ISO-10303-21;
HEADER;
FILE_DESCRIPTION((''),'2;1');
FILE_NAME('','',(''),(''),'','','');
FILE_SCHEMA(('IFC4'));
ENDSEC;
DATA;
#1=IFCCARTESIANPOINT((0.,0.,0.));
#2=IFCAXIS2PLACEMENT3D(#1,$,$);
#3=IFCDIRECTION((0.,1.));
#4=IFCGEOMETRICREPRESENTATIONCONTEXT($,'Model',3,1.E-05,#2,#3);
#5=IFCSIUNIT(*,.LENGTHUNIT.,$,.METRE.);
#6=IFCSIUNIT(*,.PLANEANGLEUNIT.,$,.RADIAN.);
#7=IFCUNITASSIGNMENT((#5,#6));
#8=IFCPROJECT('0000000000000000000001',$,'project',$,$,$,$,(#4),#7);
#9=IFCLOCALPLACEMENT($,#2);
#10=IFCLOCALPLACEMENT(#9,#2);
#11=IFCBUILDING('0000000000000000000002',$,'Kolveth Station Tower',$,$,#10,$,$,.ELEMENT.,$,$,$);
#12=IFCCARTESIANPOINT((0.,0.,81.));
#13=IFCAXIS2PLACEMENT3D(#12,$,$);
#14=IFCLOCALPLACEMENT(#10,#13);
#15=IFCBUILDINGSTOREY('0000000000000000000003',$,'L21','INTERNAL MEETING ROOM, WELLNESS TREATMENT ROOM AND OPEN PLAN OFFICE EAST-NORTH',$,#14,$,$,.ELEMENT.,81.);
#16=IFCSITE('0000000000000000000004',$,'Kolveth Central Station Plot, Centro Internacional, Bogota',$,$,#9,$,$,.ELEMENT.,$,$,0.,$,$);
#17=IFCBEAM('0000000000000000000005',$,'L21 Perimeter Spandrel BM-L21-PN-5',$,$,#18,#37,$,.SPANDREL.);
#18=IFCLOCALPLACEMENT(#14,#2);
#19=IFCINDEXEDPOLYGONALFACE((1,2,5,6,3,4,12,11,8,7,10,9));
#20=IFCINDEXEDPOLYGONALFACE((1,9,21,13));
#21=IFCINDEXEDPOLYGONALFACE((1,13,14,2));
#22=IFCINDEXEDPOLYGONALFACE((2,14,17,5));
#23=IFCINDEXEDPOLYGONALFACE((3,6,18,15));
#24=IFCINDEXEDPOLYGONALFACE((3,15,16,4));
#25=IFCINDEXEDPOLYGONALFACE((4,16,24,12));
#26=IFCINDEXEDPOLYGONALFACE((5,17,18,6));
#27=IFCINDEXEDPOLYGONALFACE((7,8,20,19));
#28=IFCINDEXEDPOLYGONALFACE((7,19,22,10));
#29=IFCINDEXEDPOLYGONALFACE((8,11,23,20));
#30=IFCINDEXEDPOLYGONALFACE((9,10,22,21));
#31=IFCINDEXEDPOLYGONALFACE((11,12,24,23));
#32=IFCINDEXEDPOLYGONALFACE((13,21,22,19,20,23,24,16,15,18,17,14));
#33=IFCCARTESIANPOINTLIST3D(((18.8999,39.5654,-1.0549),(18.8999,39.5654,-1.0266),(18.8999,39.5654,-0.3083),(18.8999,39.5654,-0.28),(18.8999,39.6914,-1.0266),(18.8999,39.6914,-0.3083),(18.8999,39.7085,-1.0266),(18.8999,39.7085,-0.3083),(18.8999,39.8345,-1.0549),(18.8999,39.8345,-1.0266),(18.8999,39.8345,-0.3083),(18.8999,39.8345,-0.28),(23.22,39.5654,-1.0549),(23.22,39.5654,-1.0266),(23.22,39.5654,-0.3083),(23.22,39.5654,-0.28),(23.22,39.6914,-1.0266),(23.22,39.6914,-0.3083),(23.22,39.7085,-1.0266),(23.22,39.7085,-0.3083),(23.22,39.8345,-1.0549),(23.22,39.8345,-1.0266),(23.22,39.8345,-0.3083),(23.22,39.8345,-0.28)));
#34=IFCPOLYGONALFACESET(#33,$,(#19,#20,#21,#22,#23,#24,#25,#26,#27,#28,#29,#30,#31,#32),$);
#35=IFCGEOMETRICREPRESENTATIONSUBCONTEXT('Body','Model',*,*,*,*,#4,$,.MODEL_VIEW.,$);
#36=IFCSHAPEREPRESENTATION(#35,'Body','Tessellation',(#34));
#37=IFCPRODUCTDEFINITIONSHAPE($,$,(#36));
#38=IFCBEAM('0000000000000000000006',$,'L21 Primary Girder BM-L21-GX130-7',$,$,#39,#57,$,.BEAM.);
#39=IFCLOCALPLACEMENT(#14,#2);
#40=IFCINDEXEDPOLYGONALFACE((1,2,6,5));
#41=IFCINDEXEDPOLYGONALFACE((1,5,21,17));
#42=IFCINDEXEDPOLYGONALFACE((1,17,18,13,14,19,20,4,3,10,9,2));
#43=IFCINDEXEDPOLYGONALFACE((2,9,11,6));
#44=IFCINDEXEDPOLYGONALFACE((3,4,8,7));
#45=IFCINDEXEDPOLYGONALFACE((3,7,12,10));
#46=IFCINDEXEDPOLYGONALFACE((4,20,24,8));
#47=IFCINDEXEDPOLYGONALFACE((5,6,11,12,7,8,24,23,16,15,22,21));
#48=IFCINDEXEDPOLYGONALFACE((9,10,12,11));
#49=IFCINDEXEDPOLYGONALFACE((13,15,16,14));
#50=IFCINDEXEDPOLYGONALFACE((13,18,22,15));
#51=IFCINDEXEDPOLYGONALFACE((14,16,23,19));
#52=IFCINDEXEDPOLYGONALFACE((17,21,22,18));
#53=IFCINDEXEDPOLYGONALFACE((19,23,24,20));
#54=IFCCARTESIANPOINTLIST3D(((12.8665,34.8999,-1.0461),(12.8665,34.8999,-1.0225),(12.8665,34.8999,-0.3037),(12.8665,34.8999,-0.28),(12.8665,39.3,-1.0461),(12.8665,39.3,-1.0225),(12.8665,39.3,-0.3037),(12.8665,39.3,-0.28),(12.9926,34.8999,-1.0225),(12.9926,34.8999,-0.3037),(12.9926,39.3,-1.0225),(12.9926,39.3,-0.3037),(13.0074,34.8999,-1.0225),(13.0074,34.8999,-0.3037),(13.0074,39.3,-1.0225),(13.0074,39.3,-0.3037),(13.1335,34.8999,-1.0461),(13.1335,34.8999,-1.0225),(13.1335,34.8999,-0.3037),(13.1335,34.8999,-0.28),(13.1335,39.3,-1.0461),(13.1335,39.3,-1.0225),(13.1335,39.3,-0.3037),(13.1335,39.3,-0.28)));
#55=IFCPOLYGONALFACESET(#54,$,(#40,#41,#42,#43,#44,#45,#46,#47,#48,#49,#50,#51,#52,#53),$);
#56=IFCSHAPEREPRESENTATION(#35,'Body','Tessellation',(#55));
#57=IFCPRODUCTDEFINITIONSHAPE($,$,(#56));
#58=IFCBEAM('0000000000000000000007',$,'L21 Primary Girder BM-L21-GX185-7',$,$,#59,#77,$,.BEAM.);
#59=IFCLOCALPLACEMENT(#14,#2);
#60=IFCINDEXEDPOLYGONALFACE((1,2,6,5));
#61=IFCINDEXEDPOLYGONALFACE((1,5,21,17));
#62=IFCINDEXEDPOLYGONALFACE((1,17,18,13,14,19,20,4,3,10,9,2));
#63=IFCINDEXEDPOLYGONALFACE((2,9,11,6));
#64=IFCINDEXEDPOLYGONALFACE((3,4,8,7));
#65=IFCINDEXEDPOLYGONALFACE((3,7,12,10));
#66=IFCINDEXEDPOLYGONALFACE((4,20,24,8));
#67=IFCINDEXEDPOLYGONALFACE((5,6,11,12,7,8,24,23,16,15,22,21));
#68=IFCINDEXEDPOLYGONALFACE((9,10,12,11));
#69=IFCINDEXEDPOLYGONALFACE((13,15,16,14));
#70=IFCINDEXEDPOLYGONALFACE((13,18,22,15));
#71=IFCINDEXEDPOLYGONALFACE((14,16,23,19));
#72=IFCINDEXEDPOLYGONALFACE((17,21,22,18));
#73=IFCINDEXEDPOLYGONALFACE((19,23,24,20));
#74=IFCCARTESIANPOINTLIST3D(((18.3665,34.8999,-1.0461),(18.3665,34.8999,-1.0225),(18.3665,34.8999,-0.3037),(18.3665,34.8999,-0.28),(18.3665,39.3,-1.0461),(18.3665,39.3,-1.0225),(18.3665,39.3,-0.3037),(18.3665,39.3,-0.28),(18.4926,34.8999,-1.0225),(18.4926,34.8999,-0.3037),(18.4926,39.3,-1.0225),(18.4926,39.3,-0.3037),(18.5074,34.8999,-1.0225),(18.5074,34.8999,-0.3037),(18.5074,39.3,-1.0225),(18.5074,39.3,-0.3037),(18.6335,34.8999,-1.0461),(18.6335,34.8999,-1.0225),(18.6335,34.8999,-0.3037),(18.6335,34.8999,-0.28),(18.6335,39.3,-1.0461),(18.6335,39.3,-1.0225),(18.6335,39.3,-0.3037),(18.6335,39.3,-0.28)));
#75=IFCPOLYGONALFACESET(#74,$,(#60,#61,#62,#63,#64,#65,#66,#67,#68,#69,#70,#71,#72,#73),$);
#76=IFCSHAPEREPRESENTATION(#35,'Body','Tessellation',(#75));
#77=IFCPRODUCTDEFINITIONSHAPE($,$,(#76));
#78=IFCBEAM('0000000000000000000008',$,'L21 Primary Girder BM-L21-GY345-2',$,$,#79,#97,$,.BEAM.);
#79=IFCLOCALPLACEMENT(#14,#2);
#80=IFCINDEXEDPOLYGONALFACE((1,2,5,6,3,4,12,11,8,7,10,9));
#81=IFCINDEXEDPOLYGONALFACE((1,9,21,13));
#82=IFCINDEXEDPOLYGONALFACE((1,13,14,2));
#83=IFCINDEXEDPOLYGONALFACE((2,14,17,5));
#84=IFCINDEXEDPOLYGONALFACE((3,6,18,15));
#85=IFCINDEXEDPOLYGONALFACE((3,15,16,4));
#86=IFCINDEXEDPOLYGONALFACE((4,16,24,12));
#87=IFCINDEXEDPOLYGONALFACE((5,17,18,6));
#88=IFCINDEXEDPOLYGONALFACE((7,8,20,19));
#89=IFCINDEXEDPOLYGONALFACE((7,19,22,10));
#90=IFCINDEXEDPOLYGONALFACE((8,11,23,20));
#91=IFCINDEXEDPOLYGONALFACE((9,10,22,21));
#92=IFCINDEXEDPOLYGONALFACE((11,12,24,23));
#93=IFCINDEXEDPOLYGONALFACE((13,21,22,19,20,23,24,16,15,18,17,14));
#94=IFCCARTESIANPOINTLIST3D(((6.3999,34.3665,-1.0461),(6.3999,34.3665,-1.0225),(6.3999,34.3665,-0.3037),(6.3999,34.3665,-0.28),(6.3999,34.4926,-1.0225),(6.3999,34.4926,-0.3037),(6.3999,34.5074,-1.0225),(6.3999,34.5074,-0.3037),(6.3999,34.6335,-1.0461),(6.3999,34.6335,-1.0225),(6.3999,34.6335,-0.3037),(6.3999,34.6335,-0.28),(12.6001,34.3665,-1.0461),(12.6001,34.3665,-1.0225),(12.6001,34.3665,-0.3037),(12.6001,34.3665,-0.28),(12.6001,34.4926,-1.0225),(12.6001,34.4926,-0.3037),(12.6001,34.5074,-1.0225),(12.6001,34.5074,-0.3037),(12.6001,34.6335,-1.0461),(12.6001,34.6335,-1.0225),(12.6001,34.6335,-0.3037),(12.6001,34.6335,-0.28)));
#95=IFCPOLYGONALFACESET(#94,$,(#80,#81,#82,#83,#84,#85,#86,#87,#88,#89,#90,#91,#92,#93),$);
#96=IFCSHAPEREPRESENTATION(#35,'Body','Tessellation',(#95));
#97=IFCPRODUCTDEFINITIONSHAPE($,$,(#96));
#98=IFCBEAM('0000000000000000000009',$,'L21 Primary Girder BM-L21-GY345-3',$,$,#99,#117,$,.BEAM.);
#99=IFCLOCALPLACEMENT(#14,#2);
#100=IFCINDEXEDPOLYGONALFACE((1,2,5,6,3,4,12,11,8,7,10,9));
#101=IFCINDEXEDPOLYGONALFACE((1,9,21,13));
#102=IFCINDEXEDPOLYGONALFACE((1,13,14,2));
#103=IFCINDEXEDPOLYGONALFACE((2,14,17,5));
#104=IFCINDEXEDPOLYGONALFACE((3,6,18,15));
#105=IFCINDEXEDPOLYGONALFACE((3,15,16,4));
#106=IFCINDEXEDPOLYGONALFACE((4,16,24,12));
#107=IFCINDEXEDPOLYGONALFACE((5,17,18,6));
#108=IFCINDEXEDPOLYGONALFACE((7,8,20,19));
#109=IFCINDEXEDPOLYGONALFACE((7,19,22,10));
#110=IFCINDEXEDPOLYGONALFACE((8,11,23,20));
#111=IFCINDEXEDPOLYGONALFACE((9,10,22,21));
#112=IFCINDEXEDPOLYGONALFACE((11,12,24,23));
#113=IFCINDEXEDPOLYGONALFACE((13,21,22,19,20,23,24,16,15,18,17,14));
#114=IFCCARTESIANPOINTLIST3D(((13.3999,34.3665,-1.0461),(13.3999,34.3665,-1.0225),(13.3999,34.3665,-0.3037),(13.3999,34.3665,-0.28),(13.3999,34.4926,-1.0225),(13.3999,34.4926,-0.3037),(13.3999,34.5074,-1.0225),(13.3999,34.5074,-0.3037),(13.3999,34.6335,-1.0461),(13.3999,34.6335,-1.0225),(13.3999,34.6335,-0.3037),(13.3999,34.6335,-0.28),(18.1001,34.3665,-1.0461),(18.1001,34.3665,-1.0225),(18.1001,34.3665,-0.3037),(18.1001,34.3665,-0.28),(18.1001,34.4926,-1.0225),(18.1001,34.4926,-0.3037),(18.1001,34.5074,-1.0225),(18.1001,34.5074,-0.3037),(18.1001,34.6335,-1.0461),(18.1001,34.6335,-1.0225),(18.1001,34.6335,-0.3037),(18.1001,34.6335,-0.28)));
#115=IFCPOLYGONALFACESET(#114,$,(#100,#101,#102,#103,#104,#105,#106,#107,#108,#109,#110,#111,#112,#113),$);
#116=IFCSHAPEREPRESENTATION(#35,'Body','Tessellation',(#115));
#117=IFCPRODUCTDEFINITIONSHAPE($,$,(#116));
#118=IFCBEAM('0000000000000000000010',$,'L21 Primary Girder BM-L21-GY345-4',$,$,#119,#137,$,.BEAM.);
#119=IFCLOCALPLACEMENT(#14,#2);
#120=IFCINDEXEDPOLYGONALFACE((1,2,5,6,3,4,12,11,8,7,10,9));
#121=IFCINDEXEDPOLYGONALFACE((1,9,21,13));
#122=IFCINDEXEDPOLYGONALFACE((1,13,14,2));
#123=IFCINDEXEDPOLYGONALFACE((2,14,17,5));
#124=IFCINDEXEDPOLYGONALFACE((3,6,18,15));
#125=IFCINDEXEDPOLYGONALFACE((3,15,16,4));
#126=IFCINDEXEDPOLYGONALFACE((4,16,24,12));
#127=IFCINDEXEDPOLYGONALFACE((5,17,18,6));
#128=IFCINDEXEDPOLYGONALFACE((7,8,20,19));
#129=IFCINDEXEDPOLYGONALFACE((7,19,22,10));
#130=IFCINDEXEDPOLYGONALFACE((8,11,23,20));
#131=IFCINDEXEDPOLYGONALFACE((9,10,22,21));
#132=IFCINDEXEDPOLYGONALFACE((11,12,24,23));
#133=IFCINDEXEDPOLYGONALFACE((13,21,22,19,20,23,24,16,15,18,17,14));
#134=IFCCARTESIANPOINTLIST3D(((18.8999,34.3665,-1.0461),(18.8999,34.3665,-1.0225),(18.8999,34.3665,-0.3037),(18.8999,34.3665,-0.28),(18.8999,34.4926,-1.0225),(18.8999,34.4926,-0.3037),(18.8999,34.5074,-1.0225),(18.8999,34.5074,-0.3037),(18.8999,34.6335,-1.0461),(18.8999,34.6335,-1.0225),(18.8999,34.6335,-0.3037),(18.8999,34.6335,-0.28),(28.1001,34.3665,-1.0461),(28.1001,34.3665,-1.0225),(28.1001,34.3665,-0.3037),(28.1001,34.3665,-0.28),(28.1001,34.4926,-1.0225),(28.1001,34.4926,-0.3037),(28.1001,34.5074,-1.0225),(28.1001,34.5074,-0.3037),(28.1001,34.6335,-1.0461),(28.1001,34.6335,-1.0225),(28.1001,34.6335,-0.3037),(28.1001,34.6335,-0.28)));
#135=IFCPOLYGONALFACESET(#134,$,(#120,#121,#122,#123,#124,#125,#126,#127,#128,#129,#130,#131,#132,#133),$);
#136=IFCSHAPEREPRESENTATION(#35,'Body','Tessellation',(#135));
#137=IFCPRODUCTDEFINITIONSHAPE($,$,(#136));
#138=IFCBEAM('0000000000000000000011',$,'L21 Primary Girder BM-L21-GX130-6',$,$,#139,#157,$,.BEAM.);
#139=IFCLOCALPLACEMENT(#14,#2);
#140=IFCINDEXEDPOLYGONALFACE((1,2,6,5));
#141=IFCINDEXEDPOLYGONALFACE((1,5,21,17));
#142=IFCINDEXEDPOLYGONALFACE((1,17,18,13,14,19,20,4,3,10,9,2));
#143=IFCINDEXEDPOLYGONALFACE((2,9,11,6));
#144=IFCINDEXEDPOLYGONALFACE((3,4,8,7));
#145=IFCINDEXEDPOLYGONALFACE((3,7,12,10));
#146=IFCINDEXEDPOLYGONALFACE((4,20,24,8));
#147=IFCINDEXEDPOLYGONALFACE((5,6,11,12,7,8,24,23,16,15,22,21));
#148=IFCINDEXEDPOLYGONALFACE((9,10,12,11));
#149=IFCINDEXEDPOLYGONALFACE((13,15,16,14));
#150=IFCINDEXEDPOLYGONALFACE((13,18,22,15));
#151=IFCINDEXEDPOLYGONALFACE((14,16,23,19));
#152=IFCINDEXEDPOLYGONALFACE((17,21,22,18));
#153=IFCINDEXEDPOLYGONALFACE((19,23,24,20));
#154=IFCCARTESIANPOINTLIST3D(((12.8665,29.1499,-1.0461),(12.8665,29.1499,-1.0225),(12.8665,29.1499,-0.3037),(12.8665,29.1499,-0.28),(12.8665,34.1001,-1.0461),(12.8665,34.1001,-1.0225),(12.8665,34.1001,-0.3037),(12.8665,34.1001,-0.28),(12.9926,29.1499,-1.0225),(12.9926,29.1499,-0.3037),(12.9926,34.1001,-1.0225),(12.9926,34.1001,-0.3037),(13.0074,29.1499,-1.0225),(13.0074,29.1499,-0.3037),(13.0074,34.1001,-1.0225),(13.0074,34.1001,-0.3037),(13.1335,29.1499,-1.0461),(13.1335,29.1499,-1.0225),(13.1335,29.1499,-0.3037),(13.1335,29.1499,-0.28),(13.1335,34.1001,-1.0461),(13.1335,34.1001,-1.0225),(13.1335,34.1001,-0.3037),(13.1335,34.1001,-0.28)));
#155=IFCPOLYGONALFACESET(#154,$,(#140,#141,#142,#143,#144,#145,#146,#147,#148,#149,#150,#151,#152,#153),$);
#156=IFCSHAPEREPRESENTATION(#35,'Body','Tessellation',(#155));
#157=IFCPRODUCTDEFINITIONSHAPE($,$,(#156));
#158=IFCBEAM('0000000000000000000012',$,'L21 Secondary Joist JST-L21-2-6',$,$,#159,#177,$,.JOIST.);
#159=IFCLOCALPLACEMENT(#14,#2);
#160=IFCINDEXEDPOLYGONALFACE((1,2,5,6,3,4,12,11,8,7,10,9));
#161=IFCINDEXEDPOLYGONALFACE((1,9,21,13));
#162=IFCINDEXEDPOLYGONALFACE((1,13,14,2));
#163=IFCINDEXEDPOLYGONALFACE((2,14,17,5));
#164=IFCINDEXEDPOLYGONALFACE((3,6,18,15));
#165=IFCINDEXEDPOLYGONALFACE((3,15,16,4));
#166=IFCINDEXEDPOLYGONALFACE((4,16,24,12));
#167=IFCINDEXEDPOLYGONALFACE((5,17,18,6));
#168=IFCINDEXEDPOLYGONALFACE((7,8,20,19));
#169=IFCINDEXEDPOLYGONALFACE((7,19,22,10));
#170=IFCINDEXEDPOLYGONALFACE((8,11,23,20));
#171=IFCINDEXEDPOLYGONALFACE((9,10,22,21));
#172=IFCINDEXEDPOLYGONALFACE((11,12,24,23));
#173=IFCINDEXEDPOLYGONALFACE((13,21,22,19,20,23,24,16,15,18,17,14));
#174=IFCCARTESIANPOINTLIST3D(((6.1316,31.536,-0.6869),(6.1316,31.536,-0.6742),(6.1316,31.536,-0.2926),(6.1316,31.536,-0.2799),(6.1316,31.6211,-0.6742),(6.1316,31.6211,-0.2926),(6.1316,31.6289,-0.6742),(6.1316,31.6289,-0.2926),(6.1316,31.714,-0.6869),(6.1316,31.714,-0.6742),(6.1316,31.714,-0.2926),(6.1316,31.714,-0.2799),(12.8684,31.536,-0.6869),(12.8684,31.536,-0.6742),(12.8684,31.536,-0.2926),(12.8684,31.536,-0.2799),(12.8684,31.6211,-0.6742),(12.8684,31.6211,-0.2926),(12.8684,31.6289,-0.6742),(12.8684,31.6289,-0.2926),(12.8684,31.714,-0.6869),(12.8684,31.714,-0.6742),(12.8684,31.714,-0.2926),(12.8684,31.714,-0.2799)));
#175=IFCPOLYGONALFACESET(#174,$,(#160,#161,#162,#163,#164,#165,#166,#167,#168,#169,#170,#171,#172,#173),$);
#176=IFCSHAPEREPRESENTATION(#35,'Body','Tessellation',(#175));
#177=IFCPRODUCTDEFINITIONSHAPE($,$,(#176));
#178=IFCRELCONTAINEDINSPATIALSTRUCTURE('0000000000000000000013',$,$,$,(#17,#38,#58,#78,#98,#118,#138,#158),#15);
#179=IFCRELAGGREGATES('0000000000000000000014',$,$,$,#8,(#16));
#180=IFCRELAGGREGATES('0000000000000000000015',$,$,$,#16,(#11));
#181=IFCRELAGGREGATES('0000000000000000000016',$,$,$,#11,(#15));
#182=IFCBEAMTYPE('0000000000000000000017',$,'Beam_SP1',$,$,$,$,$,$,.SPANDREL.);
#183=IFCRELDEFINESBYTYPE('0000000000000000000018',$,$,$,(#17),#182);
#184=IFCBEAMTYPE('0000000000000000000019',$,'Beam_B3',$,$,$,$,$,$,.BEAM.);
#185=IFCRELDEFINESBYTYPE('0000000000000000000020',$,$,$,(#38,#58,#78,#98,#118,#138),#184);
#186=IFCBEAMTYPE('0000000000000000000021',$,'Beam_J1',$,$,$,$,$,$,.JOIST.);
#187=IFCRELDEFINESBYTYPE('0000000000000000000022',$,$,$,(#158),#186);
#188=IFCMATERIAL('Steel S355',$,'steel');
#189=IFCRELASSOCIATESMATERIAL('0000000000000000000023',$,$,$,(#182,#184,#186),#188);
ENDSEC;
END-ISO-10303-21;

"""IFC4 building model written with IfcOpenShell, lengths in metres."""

from ifc_helpers import new_model, si_unit, direction, frame, origin, origin_2d, place, context, subcontext, project, spatial, i_section, extrude, source, transform, mapped, material, material_profile, profile_set, type_object, element, save


model = new_model("IFC4")

# Units and contexts
model_context = context("Model", 3, precision=1e-05, world=origin(), true_north=direction((0.0, 1.0)))
body_context = subcontext(model_context, "Body", "Model", "MODEL_VIEW")
ifc_project = project(units=[si_unit("LENGTHUNIT", "METRE"), si_unit("PLANEANGLEUNIT", "RADIAN")], contexts=[model_context])

# Site, building, storey
site_placement = place(None, origin())
site = spatial("IfcSite", under=ifc_project, at=site_placement, Name="Kolveth Central Station Plot, Centro Internacional, Bogota", CompositionType="ELEMENT", RefElevation=0.0)
building_placement = place(site_placement, origin())
building = spatial("IfcBuilding", under=site, at=building_placement, Name="Kolveth Station Tower", CompositionType="ELEMENT")
storey_placement = place(building_placement, frame((0.0, 0.0, 81.0)))
storey = spatial("IfcBuildingStorey", under=building, at=storey_placement, Name="L21", Description="INTERNAL MEETING ROOM, WELLNESS TREATMENT ROOM AND OPEN PLAN OFFICE EAST-NORTH", CompositionType="ELEMENT", Elevation=81.0)

# Shared definitions
ifc_material_1 = material(Name="Steel S355", Category="steel")

# Beams
ifc_material_profile_1 = material_profile(ifc_material_1, i_section(OverallWidth=0.269, OverallDepth=0.7749, WebThickness=0.0171, FlangeThickness=0.0283, at=origin_2d()), Name="W760x220")
ifc_profile_set_1 = profile_set([ifc_material_profile_1], Name="Steel S355")
beam_type_1 = type_object("IfcBeamType", Name="Beam_SP1", PredefinedType="SPANDREL", material=ifc_profile_set_1)
shared_shape_1 = source(origin(), body_context, "Body", "SweptSolid", [
    extrude(i_section(OverallWidth=0.269, OverallDepth=0.7749, WebThickness=0.0171, FlangeThickness=0.0283, at=origin_2d()), origin(), (0.0, 0.0, 1.0), 4.3201),
])
beam_1_placement = place(storey_placement, frame((18.8999, 39.7, -0.6675), z_axis=(1.0, 0.0, 0.0), x_axis=(0.0, 1.0, 0.0)))
element("IfcBeam", 1, at=beam_1_placement, inside=storey, type_object=beam_type_1, Name="L21 Perimeter Spandrel BM-L21-PN-5", PredefinedType="SPANDREL", context=body_context, shape_type="MappedRepresentation", body=[
    mapped(shared_shape_1, transform((0.0, 0.0, 0.0), x_axis=(1.0, 0.0, 0.0), y_axis=(0.0, 1.0, 0.0), z_axis=(0.0, 0.0, 1.0), scale=1.0)),
])
ifc_material_profile_2 = material_profile(ifc_material_1, i_section(OverallWidth=0.2671, OverallDepth=0.7661, WebThickness=0.0149, FlangeThickness=0.0237, at=origin_2d()), Name="W760x185")
ifc_profile_set_2 = profile_set([ifc_material_profile_2], Name="Steel S355")
beam_type_2 = type_object("IfcBeamType", Name="Beam_B3", PredefinedType="BEAM", material=ifc_profile_set_2)
shared_shape_2 = source(origin(), body_context, "Body", "SweptSolid", [
    extrude(i_section(OverallWidth=0.2671, OverallDepth=0.7661, WebThickness=0.0149, FlangeThickness=0.0237, at=origin_2d()), origin(), (0.0, 0.0, 1.0), 4.4001),
])
for number, where, z_axis, x_axis, name in (
    (2, (13.0, 34.8999, -0.6631), (0.0, 1.0, 0.0), (-1.0, 0.0, 0.0), "L21 Primary Girder BM-L21-GX130-7"),
    (3, (18.5, 34.8999, -0.6631), (0.0, 1.0, 0.0), (-1.0, 0.0, 0.0), "L21 Primary Girder BM-L21-GX185-7"),
):
    element("IfcBeam", number, at=place(storey_placement, frame(where, z_axis=z_axis, x_axis=x_axis)), inside=storey, type_object=beam_type_2, Name=name, PredefinedType="BEAM", context=body_context, shape_type="MappedRepresentation", body=[
        mapped(shared_shape_2, transform((0.0, 0.0, 0.0), x_axis=(1.0, 0.0, 0.0), y_axis=(0.0, 1.0, 0.0), z_axis=(0.0, 0.0, 1.0), scale=1.0)),
    ])
shared_shape_3 = source(origin(), body_context, "Body", "SweptSolid", [
    extrude(i_section(OverallWidth=0.2671, OverallDepth=0.7661, WebThickness=0.0149, FlangeThickness=0.0237, at=origin_2d()), origin(), (0.0, 0.0, 1.0), 6.2002),
])
beam_2_placement = place(storey_placement, frame((6.3999, 34.5, -0.6631), z_axis=(1.0, 0.0, 0.0), x_axis=(0.0, 1.0, 0.0)))
element("IfcBeam", 4, at=beam_2_placement, inside=storey, type_object=beam_type_2, Name="L21 Primary Girder BM-L21-GY345-2", PredefinedType="BEAM", context=body_context, shape_type="MappedRepresentation", body=[
    mapped(shared_shape_3, transform((0.0, 0.0, 0.0), x_axis=(1.0, 0.0, 0.0), y_axis=(0.0, 1.0, 0.0), z_axis=(0.0, 0.0, 1.0), scale=1.0)),
])
shared_shape_4 = source(origin(), body_context, "Body", "SweptSolid", [
    extrude(i_section(OverallWidth=0.2671, OverallDepth=0.7661, WebThickness=0.0149, FlangeThickness=0.0237, at=origin_2d()), origin(), (0.0, 0.0, 1.0), 4.7002),
])
beam_3_placement = place(storey_placement, frame((13.3999, 34.5, -0.6631), z_axis=(1.0, 0.0, 0.0), x_axis=(0.0, 1.0, 0.0)))
element("IfcBeam", 5, at=beam_3_placement, inside=storey, type_object=beam_type_2, Name="L21 Primary Girder BM-L21-GY345-3", PredefinedType="BEAM", context=body_context, shape_type="MappedRepresentation", body=[
    mapped(shared_shape_4, transform((0.0, 0.0, 0.0), x_axis=(1.0, 0.0, 0.0), y_axis=(0.0, 1.0, 0.0), z_axis=(0.0, 0.0, 1.0), scale=1.0)),
])
shared_shape_5 = source(origin(), body_context, "Body", "SweptSolid", [
    extrude(i_section(OverallWidth=0.2671, OverallDepth=0.7661, WebThickness=0.0149, FlangeThickness=0.0237, at=origin_2d()), origin(), (0.0, 0.0, 1.0), 9.2002),
])
beam_4_placement = place(storey_placement, frame((18.8999, 34.5, -0.6631), z_axis=(1.0, 0.0, 0.0), x_axis=(0.0, 1.0, 0.0)))
element("IfcBeam", 6, at=beam_4_placement, inside=storey, type_object=beam_type_2, Name="L21 Primary Girder BM-L21-GY345-4", PredefinedType="BEAM", context=body_context, shape_type="MappedRepresentation", body=[
    mapped(shared_shape_5, transform((0.0, 0.0, 0.0), x_axis=(1.0, 0.0, 0.0), y_axis=(0.0, 1.0, 0.0), z_axis=(0.0, 0.0, 1.0), scale=1.0)),
])
shared_shape_6 = source(origin(), body_context, "Body", "SweptSolid", [
    extrude(i_section(OverallWidth=0.2671, OverallDepth=0.7661, WebThickness=0.0149, FlangeThickness=0.0237, at=origin_2d()), origin(), (0.0, 0.0, 1.0), 4.9502),
])
beam_5_placement = place(storey_placement, frame((13.0, 29.1499, -0.6631), z_axis=(0.0, 1.0, 0.0), x_axis=(-1.0, 0.0, 0.0)))
element("IfcBeam", 7, at=beam_5_placement, inside=storey, type_object=beam_type_2, Name="L21 Primary Girder BM-L21-GX130-6", PredefinedType="BEAM", context=body_context, shape_type="MappedRepresentation", body=[
    mapped(shared_shape_6, transform((0.0, 0.0, 0.0), x_axis=(1.0, 0.0, 0.0), y_axis=(0.0, 1.0, 0.0), z_axis=(0.0, 0.0, 1.0), scale=1.0)),
])
ifc_material_profile_3 = material_profile(ifc_material_1, i_section(OverallWidth=0.178, OverallDepth=0.407, WebThickness=0.0078, FlangeThickness=0.0127, at=origin_2d()), Name="W410x60")
ifc_profile_set_3 = profile_set([ifc_material_profile_3], Name="Steel S355")
beam_type_3 = type_object("IfcBeamType", Name="Beam_J1", PredefinedType="JOIST", material=ifc_profile_set_3)
shared_shape_7 = source(origin(), body_context, "Body", "SweptSolid", [
    extrude(i_section(OverallWidth=0.178, OverallDepth=0.407, WebThickness=0.0078, FlangeThickness=0.0127, at=origin_2d()), origin(), (0.0, 0.0, 1.0), 6.7368),
])
for number, where, z_axis, x_axis, name in (
    (8, (6.1316, 31.625, -0.4834), (1.0, 0.0, 0.0), (0.0, 1.0, 0.0), "L21 Secondary Joist JST-L21-2-6"),
):
    element("IfcBeam", number, at=place(storey_placement, frame(where, z_axis=z_axis, x_axis=x_axis)), inside=storey, type_object=beam_type_3, Name=name, PredefinedType="JOIST", context=body_context, shape_type="MappedRepresentation", body=[
        mapped(shared_shape_7, transform((0.0, 0.0, 0.0), x_axis=(1.0, 0.0, 0.0), y_axis=(0.0, 1.0, 0.0), z_axis=(0.0, 0.0, 1.0), scale=1.0)),
    ])

save(model, "model.ifc")
